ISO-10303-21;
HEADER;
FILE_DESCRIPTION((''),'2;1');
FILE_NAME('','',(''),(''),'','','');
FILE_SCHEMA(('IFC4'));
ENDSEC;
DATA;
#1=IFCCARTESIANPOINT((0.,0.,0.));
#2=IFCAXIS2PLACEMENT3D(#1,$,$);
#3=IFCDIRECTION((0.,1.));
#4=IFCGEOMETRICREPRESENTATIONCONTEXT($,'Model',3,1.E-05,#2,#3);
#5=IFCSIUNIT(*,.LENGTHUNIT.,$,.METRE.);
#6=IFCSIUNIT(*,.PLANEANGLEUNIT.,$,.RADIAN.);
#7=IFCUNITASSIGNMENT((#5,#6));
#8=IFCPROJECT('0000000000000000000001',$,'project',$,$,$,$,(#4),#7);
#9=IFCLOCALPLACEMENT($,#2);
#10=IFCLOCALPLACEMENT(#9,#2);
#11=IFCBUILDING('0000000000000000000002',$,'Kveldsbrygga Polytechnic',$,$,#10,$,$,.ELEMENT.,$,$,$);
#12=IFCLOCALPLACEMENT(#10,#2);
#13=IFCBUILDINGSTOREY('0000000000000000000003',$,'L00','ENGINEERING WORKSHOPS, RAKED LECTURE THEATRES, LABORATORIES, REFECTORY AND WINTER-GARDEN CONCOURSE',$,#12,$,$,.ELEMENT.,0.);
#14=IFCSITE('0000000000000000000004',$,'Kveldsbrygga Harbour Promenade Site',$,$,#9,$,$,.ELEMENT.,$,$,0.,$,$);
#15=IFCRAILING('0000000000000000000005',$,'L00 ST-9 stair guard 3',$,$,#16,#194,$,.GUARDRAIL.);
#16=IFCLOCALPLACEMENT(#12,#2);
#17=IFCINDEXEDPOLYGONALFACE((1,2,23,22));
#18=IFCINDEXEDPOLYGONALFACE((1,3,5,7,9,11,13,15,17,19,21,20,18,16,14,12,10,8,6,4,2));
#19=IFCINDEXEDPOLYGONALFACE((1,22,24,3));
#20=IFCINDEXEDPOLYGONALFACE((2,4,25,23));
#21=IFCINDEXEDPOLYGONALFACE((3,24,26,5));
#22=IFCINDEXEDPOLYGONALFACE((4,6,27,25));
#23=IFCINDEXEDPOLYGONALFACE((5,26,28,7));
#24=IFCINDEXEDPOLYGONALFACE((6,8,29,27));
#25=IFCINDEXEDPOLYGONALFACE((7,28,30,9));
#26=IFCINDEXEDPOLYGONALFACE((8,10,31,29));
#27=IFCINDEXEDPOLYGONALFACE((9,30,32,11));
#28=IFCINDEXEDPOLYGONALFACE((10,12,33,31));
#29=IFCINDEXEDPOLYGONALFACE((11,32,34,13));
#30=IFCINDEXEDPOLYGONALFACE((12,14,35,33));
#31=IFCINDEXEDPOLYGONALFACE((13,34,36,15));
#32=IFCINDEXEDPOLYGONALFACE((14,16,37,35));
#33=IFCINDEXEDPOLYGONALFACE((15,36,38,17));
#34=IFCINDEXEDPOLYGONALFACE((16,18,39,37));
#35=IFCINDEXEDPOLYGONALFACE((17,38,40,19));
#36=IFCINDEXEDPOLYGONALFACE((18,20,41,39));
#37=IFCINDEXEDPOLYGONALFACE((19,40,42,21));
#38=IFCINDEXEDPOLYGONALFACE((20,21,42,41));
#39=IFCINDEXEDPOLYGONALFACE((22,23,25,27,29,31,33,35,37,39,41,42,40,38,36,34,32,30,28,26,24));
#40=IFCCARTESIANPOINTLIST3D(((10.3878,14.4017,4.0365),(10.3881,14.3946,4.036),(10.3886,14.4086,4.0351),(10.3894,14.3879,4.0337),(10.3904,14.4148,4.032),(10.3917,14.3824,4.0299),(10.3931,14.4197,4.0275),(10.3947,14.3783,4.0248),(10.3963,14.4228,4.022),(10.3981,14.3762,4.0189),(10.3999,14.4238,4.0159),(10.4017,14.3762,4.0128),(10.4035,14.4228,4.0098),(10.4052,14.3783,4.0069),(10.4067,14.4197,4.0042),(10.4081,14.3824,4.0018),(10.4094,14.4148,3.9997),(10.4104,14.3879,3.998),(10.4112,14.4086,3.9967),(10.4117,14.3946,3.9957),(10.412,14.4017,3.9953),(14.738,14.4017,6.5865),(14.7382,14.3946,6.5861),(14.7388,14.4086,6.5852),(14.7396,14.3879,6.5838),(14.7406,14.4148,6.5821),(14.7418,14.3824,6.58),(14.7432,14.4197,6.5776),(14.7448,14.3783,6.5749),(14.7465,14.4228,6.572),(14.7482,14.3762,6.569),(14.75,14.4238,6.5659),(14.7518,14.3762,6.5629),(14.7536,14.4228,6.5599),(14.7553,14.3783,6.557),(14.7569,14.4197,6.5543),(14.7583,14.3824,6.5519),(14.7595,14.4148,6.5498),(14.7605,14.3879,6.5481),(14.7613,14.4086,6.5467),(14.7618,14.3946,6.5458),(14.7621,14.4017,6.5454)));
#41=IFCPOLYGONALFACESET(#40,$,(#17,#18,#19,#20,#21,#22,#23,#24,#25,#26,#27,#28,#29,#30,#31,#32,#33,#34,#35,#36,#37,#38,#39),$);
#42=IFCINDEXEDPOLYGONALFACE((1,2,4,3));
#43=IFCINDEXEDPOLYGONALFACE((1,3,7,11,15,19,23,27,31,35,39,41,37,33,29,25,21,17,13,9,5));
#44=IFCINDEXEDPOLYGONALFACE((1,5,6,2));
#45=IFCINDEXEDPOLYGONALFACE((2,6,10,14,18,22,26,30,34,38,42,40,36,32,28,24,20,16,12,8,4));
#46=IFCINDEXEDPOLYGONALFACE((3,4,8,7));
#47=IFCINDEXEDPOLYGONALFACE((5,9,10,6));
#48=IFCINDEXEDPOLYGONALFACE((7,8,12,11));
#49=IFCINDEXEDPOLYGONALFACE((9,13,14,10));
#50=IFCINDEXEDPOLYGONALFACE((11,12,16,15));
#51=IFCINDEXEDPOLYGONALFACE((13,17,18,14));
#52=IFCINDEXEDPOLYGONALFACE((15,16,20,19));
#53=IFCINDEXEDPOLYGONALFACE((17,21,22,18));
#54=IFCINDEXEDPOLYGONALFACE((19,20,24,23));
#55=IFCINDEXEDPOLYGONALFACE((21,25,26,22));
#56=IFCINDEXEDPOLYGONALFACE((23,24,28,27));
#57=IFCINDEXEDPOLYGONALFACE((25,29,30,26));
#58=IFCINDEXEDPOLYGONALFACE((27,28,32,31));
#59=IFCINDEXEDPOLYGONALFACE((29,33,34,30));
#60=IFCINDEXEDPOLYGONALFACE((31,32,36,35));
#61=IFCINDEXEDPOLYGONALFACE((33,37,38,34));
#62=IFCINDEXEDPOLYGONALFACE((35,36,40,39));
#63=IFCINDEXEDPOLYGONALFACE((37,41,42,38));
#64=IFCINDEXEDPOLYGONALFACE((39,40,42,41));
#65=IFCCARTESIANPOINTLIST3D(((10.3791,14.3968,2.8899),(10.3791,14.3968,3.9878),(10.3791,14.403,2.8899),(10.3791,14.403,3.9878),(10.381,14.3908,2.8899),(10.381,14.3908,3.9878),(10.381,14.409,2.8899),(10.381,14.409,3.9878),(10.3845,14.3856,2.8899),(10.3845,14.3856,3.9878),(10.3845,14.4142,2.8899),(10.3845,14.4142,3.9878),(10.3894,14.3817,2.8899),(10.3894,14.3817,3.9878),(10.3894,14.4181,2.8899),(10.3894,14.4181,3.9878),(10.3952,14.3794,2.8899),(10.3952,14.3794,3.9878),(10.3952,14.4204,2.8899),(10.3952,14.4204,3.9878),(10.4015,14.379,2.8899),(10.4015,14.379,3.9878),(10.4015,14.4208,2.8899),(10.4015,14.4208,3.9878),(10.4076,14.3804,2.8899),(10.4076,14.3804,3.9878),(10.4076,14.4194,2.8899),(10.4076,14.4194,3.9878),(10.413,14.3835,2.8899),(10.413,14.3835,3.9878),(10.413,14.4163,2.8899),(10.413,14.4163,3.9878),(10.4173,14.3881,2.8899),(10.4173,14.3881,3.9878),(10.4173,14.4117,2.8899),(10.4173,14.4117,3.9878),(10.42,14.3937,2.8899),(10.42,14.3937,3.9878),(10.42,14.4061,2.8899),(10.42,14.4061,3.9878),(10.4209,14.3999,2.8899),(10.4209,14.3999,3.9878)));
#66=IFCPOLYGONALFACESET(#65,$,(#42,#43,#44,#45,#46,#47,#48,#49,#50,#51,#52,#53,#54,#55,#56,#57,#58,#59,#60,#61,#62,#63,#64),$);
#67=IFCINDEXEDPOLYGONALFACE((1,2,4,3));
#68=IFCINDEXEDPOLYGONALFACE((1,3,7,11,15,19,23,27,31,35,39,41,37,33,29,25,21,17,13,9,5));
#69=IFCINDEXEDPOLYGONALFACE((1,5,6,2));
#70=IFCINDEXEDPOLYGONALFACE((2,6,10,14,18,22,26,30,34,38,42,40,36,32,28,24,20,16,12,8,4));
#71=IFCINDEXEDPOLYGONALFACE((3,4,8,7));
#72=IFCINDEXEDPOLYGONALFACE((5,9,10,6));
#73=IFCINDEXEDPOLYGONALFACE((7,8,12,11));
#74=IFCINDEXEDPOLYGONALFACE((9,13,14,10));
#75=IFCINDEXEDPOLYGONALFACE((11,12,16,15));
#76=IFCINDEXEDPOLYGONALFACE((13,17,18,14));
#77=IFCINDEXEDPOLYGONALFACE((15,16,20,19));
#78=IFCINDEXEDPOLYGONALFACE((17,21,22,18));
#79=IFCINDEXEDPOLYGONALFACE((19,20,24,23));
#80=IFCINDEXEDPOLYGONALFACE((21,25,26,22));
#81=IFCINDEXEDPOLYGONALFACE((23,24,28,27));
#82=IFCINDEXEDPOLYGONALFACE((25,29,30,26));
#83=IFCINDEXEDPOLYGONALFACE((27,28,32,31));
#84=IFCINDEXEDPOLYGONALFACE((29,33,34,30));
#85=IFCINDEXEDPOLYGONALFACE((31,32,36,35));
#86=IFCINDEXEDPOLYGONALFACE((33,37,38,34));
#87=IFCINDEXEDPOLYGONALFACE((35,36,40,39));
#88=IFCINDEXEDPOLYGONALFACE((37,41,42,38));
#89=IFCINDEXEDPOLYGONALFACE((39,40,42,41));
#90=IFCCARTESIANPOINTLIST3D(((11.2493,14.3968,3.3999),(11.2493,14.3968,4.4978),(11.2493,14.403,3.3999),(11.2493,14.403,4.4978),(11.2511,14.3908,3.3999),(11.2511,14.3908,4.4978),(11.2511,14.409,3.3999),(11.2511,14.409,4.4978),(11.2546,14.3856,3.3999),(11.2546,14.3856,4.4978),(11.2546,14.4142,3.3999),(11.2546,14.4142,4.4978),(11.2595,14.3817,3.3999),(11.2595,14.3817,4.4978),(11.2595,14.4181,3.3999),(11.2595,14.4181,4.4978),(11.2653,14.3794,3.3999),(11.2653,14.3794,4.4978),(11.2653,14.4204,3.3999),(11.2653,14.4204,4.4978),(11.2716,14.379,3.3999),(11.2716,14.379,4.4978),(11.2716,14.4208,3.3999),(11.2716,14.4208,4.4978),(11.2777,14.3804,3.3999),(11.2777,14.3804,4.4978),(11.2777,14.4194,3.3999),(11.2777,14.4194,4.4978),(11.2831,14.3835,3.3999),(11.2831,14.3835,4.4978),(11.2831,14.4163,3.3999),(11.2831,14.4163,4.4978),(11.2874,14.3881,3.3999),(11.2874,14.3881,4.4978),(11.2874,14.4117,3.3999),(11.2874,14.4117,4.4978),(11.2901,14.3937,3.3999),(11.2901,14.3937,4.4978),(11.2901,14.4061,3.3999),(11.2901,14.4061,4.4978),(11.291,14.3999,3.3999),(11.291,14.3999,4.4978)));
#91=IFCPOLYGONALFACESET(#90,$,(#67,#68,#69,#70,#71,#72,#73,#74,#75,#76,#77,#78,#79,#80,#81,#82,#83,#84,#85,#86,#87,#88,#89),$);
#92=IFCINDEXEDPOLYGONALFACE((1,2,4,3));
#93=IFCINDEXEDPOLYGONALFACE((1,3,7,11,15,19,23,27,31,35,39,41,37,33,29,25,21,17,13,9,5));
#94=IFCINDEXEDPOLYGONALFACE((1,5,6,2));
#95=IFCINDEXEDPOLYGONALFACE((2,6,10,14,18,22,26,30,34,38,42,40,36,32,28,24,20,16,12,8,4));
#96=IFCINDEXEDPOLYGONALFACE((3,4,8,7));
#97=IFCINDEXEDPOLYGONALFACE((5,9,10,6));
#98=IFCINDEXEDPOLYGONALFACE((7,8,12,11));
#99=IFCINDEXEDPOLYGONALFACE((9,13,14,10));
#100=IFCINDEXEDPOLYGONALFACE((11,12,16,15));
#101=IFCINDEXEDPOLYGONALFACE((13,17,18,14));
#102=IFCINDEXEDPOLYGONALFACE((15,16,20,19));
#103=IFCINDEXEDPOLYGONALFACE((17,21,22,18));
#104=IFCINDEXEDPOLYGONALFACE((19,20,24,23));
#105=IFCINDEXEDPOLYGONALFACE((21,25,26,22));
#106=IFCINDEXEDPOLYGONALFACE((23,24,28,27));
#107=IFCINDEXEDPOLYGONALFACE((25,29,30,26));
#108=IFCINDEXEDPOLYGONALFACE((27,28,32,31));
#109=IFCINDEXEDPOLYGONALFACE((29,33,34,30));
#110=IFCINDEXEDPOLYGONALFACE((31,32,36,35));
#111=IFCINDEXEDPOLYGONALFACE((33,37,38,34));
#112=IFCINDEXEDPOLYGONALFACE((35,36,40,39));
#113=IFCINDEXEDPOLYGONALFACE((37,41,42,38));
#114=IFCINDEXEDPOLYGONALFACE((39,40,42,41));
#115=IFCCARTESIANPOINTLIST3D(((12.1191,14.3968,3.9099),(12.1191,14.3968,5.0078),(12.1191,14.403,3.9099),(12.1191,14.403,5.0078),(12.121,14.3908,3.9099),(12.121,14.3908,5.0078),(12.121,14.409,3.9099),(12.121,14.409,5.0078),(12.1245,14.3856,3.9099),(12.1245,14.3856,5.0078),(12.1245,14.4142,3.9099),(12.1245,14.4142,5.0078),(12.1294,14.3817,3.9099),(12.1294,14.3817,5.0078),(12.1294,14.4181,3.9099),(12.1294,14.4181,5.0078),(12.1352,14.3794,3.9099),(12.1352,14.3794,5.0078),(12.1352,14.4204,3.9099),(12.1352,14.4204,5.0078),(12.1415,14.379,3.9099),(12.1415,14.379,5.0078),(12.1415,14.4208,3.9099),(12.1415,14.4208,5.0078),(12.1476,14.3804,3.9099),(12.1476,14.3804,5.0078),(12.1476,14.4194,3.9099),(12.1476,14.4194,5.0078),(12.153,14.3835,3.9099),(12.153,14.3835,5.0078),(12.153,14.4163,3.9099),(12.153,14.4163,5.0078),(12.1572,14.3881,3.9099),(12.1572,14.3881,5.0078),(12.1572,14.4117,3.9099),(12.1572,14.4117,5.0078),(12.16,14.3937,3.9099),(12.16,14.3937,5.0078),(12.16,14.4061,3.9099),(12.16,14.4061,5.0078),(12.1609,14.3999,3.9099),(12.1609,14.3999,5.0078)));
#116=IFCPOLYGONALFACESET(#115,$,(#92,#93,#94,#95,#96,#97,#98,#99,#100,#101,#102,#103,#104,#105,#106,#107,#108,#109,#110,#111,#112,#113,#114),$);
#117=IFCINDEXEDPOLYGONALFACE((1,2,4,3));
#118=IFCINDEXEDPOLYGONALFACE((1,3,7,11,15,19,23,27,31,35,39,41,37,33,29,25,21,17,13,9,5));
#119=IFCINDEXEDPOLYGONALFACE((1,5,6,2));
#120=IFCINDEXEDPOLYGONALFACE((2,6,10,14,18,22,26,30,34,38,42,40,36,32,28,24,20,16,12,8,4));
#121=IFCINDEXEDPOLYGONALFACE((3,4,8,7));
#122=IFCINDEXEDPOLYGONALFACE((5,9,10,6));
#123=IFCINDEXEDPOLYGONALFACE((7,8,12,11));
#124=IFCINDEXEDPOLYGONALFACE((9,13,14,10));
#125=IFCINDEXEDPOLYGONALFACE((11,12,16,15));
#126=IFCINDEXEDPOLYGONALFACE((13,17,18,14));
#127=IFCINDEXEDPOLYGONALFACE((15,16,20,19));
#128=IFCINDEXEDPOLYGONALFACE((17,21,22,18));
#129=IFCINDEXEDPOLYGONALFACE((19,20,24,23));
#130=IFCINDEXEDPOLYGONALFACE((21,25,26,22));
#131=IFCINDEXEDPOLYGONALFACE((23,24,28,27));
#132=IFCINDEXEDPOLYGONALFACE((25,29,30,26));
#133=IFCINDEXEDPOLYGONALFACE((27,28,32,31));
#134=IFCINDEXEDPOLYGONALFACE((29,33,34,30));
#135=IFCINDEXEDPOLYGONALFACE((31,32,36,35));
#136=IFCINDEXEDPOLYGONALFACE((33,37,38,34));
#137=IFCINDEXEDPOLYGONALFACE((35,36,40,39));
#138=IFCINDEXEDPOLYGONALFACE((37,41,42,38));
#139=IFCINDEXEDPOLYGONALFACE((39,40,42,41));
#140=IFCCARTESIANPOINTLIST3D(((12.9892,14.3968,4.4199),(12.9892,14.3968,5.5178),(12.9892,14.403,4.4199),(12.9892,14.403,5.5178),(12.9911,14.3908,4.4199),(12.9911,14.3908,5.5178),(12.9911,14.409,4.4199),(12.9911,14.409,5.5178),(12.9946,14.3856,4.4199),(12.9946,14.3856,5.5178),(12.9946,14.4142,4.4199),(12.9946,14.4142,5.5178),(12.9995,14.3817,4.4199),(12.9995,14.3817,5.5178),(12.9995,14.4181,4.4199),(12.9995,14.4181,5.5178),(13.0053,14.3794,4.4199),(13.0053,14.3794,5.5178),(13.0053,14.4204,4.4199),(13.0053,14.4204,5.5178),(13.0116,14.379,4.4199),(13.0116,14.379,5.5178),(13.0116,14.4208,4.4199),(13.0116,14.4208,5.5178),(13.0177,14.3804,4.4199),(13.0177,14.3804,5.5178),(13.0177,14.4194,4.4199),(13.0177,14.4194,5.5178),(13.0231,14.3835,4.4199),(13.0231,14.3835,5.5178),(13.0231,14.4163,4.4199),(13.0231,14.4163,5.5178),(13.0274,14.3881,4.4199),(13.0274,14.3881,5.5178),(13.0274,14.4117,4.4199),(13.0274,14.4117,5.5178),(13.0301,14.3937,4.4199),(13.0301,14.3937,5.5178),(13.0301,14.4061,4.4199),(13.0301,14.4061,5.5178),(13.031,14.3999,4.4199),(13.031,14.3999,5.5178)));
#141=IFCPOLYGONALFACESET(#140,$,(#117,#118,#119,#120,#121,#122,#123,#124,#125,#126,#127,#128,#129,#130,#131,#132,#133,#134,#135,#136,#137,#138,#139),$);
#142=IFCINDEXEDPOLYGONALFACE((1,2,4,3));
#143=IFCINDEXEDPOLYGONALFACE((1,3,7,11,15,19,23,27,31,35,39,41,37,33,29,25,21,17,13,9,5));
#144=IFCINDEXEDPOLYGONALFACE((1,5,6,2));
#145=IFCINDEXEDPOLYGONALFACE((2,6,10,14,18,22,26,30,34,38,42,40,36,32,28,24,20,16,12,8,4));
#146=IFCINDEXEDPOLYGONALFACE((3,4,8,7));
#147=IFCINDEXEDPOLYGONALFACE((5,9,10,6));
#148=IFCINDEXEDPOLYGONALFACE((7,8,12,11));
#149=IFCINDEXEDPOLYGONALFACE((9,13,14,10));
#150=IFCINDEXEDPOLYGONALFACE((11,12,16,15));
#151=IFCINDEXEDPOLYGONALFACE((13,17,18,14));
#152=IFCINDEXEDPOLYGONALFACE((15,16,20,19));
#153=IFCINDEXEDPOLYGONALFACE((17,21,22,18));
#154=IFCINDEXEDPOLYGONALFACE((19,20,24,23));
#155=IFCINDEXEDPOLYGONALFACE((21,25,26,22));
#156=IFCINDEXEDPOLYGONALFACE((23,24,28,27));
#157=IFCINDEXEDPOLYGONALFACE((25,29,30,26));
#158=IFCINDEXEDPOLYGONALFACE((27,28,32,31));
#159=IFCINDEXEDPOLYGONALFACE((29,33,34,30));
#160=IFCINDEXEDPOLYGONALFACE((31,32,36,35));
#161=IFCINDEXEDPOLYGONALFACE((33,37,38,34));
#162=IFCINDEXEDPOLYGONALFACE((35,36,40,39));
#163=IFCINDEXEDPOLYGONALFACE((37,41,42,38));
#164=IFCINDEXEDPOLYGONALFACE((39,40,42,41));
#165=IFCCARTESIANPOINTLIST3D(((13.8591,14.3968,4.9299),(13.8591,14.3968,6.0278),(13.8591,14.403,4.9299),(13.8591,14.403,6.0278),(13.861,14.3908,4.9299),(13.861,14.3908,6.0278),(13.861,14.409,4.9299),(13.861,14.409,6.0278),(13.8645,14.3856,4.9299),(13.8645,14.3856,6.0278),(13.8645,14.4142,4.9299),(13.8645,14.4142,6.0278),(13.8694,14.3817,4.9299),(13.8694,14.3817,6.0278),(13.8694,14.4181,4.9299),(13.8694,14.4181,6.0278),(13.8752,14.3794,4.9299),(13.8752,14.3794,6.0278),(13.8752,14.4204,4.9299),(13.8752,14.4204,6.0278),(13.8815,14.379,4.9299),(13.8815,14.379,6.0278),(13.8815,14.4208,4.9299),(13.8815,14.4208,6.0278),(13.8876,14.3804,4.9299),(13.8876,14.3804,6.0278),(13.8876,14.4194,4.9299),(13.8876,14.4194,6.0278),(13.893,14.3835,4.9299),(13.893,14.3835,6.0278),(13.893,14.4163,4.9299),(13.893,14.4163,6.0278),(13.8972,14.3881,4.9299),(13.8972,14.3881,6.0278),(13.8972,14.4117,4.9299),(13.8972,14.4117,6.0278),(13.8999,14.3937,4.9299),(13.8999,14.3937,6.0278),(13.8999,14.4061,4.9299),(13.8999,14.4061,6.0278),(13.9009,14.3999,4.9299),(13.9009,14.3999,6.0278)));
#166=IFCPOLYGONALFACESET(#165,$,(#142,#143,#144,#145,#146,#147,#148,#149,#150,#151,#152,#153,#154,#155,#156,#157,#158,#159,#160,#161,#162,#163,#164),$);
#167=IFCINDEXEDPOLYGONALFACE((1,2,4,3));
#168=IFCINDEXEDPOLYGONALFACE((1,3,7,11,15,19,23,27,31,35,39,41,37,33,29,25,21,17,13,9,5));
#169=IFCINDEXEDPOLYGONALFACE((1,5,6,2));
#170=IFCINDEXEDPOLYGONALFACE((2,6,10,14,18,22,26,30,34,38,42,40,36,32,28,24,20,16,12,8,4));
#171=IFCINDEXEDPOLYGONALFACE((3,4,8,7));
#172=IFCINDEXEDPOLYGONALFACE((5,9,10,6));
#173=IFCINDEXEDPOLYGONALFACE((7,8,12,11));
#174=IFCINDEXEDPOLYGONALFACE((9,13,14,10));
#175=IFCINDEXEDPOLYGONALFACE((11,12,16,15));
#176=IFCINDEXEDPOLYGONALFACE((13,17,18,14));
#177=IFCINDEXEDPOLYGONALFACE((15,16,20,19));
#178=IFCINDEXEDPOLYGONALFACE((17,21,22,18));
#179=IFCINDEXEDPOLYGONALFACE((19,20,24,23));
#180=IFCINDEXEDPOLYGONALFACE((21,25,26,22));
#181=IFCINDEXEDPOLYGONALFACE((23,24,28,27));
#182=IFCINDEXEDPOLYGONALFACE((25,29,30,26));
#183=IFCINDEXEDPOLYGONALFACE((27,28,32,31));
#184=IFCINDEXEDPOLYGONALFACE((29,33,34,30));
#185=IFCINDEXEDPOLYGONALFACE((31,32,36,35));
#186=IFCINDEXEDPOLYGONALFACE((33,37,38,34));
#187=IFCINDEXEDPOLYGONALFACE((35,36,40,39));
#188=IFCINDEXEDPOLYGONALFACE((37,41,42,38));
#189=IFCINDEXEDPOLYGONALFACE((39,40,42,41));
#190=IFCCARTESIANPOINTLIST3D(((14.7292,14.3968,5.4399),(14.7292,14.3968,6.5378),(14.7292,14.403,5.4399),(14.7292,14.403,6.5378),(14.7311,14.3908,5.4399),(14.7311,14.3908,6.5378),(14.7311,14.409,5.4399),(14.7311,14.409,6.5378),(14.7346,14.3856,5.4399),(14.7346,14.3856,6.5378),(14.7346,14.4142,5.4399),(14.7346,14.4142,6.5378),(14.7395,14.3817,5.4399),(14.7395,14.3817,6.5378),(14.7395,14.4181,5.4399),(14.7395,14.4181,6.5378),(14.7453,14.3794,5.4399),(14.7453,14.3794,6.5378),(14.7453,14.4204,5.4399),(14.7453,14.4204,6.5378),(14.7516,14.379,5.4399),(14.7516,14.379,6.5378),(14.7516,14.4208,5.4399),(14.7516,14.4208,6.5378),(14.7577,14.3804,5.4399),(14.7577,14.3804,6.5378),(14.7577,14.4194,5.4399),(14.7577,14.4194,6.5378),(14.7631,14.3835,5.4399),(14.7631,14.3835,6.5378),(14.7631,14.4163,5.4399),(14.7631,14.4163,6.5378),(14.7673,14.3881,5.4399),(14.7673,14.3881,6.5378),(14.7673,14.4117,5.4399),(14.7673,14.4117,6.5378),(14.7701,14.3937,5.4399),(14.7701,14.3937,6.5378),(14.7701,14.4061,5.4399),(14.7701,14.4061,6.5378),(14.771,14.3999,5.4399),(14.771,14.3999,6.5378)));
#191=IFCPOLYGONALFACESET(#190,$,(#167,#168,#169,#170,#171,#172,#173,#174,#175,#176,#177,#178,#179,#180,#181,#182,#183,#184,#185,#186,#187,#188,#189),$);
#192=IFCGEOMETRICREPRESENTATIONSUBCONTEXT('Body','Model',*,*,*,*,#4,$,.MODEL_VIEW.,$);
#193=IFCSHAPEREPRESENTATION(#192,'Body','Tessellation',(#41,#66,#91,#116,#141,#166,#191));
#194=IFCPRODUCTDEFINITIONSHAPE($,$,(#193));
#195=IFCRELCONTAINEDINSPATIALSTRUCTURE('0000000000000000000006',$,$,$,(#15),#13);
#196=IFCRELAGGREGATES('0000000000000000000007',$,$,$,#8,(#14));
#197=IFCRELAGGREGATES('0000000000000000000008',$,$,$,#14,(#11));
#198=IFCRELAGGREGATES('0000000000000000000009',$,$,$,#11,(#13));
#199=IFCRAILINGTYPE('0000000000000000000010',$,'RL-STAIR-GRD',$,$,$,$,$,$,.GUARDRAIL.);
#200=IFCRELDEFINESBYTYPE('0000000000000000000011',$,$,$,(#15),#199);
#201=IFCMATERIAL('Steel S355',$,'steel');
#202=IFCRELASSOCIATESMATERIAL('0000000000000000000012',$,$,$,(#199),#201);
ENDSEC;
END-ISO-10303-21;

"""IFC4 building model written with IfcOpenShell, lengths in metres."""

from ifc_helpers import new_model, si_unit, direction, frame, origin, origin_2d, place, context, subcontext, project, spatial, circle, extrude, material, type_object, element, save


model = new_model("IFC4")

# Units and contexts
model_context = context("Model", 3, precision=1e-05, world=origin(), true_north=direction((0.0, 1.0)))
body_context = subcontext(model_context, "Body", "Model", "MODEL_VIEW")
ifc_project = project(units=[si_unit("LENGTHUNIT", "METRE"), si_unit("PLANEANGLEUNIT", "RADIAN")], contexts=[model_context])

# Site, building, storey
site_placement = place(None, origin())
site = spatial("IfcSite", under=ifc_project, at=site_placement, Name="Kveldsbrygga Harbour Promenade Site", CompositionType="ELEMENT", RefElevation=0.0)
building_placement = place(site_placement, origin())
building = spatial("IfcBuilding", under=site, at=building_placement, Name="Kveldsbrygga Polytechnic", CompositionType="ELEMENT")
storey_placement = place(building_placement, origin())
storey = spatial("IfcBuildingStorey", under=building, at=storey_placement, Name="L00", Description="ENGINEERING WORKSHOPS, RAKED LECTURE THEATRES, LABORATORIES, REFECTORY AND WINTER-GARDEN CONCOURSE", CompositionType="ELEMENT", Elevation=0.0)

# Railing
ifc_material_1 = material(Name="Steel S355", Category="steel")
railing_type_1 = type_object("IfcRailingType", Name="RL-STAIR-GRD", PredefinedType="GUARDRAIL", material=ifc_material_1)
railing_1_placement = place(storey_placement, frame((10.3999, 14.3999, 2.8899)))
element("IfcRailing", 1, at=railing_1_placement, inside=storey, type_object=railing_type_1, Name="L00 ST-9 stair guard 3", PredefinedType="GUARDRAIL", context=body_context, shape_type="SweptSolid", body=[
    extrude(circle(Radius=0.0239, at=origin_2d()), frame((0.0, 0.0, 1.126), z_axis=(0.862699, 0.0, 0.505718), x_axis=(0.0, 1.0, 0.0)), (0.0, 0.0, 1.0), 5.0425),
    extrude(circle(Radius=0.021, at=origin_2d()), origin(), (0.0, 0.0, 1.0), 1.0979),
    extrude(circle(Radius=0.021, at=origin_2d()), frame((0.8701, 0.0, 0.51)), (0.0, 0.0, 1.0), 1.0979),
    extrude(circle(Radius=0.021, at=origin_2d()), frame((1.74, 0.0, 1.02)), (0.0, 0.0, 1.0), 1.0979),
    extrude(circle(Radius=0.021, at=origin_2d()), frame((2.6101, 0.0, 1.53)), (0.0, 0.0, 1.0), 1.0979),
    extrude(circle(Radius=0.021, at=origin_2d()), frame((3.48, 0.0, 2.04)), (0.0, 0.0, 1.0), 1.0979),
    extrude(circle(Radius=0.021, at=origin_2d()), frame((4.3501, 0.0, 2.55)), (0.0, 0.0, 1.0), 1.0979),
])

save(model, "model.ifc")
